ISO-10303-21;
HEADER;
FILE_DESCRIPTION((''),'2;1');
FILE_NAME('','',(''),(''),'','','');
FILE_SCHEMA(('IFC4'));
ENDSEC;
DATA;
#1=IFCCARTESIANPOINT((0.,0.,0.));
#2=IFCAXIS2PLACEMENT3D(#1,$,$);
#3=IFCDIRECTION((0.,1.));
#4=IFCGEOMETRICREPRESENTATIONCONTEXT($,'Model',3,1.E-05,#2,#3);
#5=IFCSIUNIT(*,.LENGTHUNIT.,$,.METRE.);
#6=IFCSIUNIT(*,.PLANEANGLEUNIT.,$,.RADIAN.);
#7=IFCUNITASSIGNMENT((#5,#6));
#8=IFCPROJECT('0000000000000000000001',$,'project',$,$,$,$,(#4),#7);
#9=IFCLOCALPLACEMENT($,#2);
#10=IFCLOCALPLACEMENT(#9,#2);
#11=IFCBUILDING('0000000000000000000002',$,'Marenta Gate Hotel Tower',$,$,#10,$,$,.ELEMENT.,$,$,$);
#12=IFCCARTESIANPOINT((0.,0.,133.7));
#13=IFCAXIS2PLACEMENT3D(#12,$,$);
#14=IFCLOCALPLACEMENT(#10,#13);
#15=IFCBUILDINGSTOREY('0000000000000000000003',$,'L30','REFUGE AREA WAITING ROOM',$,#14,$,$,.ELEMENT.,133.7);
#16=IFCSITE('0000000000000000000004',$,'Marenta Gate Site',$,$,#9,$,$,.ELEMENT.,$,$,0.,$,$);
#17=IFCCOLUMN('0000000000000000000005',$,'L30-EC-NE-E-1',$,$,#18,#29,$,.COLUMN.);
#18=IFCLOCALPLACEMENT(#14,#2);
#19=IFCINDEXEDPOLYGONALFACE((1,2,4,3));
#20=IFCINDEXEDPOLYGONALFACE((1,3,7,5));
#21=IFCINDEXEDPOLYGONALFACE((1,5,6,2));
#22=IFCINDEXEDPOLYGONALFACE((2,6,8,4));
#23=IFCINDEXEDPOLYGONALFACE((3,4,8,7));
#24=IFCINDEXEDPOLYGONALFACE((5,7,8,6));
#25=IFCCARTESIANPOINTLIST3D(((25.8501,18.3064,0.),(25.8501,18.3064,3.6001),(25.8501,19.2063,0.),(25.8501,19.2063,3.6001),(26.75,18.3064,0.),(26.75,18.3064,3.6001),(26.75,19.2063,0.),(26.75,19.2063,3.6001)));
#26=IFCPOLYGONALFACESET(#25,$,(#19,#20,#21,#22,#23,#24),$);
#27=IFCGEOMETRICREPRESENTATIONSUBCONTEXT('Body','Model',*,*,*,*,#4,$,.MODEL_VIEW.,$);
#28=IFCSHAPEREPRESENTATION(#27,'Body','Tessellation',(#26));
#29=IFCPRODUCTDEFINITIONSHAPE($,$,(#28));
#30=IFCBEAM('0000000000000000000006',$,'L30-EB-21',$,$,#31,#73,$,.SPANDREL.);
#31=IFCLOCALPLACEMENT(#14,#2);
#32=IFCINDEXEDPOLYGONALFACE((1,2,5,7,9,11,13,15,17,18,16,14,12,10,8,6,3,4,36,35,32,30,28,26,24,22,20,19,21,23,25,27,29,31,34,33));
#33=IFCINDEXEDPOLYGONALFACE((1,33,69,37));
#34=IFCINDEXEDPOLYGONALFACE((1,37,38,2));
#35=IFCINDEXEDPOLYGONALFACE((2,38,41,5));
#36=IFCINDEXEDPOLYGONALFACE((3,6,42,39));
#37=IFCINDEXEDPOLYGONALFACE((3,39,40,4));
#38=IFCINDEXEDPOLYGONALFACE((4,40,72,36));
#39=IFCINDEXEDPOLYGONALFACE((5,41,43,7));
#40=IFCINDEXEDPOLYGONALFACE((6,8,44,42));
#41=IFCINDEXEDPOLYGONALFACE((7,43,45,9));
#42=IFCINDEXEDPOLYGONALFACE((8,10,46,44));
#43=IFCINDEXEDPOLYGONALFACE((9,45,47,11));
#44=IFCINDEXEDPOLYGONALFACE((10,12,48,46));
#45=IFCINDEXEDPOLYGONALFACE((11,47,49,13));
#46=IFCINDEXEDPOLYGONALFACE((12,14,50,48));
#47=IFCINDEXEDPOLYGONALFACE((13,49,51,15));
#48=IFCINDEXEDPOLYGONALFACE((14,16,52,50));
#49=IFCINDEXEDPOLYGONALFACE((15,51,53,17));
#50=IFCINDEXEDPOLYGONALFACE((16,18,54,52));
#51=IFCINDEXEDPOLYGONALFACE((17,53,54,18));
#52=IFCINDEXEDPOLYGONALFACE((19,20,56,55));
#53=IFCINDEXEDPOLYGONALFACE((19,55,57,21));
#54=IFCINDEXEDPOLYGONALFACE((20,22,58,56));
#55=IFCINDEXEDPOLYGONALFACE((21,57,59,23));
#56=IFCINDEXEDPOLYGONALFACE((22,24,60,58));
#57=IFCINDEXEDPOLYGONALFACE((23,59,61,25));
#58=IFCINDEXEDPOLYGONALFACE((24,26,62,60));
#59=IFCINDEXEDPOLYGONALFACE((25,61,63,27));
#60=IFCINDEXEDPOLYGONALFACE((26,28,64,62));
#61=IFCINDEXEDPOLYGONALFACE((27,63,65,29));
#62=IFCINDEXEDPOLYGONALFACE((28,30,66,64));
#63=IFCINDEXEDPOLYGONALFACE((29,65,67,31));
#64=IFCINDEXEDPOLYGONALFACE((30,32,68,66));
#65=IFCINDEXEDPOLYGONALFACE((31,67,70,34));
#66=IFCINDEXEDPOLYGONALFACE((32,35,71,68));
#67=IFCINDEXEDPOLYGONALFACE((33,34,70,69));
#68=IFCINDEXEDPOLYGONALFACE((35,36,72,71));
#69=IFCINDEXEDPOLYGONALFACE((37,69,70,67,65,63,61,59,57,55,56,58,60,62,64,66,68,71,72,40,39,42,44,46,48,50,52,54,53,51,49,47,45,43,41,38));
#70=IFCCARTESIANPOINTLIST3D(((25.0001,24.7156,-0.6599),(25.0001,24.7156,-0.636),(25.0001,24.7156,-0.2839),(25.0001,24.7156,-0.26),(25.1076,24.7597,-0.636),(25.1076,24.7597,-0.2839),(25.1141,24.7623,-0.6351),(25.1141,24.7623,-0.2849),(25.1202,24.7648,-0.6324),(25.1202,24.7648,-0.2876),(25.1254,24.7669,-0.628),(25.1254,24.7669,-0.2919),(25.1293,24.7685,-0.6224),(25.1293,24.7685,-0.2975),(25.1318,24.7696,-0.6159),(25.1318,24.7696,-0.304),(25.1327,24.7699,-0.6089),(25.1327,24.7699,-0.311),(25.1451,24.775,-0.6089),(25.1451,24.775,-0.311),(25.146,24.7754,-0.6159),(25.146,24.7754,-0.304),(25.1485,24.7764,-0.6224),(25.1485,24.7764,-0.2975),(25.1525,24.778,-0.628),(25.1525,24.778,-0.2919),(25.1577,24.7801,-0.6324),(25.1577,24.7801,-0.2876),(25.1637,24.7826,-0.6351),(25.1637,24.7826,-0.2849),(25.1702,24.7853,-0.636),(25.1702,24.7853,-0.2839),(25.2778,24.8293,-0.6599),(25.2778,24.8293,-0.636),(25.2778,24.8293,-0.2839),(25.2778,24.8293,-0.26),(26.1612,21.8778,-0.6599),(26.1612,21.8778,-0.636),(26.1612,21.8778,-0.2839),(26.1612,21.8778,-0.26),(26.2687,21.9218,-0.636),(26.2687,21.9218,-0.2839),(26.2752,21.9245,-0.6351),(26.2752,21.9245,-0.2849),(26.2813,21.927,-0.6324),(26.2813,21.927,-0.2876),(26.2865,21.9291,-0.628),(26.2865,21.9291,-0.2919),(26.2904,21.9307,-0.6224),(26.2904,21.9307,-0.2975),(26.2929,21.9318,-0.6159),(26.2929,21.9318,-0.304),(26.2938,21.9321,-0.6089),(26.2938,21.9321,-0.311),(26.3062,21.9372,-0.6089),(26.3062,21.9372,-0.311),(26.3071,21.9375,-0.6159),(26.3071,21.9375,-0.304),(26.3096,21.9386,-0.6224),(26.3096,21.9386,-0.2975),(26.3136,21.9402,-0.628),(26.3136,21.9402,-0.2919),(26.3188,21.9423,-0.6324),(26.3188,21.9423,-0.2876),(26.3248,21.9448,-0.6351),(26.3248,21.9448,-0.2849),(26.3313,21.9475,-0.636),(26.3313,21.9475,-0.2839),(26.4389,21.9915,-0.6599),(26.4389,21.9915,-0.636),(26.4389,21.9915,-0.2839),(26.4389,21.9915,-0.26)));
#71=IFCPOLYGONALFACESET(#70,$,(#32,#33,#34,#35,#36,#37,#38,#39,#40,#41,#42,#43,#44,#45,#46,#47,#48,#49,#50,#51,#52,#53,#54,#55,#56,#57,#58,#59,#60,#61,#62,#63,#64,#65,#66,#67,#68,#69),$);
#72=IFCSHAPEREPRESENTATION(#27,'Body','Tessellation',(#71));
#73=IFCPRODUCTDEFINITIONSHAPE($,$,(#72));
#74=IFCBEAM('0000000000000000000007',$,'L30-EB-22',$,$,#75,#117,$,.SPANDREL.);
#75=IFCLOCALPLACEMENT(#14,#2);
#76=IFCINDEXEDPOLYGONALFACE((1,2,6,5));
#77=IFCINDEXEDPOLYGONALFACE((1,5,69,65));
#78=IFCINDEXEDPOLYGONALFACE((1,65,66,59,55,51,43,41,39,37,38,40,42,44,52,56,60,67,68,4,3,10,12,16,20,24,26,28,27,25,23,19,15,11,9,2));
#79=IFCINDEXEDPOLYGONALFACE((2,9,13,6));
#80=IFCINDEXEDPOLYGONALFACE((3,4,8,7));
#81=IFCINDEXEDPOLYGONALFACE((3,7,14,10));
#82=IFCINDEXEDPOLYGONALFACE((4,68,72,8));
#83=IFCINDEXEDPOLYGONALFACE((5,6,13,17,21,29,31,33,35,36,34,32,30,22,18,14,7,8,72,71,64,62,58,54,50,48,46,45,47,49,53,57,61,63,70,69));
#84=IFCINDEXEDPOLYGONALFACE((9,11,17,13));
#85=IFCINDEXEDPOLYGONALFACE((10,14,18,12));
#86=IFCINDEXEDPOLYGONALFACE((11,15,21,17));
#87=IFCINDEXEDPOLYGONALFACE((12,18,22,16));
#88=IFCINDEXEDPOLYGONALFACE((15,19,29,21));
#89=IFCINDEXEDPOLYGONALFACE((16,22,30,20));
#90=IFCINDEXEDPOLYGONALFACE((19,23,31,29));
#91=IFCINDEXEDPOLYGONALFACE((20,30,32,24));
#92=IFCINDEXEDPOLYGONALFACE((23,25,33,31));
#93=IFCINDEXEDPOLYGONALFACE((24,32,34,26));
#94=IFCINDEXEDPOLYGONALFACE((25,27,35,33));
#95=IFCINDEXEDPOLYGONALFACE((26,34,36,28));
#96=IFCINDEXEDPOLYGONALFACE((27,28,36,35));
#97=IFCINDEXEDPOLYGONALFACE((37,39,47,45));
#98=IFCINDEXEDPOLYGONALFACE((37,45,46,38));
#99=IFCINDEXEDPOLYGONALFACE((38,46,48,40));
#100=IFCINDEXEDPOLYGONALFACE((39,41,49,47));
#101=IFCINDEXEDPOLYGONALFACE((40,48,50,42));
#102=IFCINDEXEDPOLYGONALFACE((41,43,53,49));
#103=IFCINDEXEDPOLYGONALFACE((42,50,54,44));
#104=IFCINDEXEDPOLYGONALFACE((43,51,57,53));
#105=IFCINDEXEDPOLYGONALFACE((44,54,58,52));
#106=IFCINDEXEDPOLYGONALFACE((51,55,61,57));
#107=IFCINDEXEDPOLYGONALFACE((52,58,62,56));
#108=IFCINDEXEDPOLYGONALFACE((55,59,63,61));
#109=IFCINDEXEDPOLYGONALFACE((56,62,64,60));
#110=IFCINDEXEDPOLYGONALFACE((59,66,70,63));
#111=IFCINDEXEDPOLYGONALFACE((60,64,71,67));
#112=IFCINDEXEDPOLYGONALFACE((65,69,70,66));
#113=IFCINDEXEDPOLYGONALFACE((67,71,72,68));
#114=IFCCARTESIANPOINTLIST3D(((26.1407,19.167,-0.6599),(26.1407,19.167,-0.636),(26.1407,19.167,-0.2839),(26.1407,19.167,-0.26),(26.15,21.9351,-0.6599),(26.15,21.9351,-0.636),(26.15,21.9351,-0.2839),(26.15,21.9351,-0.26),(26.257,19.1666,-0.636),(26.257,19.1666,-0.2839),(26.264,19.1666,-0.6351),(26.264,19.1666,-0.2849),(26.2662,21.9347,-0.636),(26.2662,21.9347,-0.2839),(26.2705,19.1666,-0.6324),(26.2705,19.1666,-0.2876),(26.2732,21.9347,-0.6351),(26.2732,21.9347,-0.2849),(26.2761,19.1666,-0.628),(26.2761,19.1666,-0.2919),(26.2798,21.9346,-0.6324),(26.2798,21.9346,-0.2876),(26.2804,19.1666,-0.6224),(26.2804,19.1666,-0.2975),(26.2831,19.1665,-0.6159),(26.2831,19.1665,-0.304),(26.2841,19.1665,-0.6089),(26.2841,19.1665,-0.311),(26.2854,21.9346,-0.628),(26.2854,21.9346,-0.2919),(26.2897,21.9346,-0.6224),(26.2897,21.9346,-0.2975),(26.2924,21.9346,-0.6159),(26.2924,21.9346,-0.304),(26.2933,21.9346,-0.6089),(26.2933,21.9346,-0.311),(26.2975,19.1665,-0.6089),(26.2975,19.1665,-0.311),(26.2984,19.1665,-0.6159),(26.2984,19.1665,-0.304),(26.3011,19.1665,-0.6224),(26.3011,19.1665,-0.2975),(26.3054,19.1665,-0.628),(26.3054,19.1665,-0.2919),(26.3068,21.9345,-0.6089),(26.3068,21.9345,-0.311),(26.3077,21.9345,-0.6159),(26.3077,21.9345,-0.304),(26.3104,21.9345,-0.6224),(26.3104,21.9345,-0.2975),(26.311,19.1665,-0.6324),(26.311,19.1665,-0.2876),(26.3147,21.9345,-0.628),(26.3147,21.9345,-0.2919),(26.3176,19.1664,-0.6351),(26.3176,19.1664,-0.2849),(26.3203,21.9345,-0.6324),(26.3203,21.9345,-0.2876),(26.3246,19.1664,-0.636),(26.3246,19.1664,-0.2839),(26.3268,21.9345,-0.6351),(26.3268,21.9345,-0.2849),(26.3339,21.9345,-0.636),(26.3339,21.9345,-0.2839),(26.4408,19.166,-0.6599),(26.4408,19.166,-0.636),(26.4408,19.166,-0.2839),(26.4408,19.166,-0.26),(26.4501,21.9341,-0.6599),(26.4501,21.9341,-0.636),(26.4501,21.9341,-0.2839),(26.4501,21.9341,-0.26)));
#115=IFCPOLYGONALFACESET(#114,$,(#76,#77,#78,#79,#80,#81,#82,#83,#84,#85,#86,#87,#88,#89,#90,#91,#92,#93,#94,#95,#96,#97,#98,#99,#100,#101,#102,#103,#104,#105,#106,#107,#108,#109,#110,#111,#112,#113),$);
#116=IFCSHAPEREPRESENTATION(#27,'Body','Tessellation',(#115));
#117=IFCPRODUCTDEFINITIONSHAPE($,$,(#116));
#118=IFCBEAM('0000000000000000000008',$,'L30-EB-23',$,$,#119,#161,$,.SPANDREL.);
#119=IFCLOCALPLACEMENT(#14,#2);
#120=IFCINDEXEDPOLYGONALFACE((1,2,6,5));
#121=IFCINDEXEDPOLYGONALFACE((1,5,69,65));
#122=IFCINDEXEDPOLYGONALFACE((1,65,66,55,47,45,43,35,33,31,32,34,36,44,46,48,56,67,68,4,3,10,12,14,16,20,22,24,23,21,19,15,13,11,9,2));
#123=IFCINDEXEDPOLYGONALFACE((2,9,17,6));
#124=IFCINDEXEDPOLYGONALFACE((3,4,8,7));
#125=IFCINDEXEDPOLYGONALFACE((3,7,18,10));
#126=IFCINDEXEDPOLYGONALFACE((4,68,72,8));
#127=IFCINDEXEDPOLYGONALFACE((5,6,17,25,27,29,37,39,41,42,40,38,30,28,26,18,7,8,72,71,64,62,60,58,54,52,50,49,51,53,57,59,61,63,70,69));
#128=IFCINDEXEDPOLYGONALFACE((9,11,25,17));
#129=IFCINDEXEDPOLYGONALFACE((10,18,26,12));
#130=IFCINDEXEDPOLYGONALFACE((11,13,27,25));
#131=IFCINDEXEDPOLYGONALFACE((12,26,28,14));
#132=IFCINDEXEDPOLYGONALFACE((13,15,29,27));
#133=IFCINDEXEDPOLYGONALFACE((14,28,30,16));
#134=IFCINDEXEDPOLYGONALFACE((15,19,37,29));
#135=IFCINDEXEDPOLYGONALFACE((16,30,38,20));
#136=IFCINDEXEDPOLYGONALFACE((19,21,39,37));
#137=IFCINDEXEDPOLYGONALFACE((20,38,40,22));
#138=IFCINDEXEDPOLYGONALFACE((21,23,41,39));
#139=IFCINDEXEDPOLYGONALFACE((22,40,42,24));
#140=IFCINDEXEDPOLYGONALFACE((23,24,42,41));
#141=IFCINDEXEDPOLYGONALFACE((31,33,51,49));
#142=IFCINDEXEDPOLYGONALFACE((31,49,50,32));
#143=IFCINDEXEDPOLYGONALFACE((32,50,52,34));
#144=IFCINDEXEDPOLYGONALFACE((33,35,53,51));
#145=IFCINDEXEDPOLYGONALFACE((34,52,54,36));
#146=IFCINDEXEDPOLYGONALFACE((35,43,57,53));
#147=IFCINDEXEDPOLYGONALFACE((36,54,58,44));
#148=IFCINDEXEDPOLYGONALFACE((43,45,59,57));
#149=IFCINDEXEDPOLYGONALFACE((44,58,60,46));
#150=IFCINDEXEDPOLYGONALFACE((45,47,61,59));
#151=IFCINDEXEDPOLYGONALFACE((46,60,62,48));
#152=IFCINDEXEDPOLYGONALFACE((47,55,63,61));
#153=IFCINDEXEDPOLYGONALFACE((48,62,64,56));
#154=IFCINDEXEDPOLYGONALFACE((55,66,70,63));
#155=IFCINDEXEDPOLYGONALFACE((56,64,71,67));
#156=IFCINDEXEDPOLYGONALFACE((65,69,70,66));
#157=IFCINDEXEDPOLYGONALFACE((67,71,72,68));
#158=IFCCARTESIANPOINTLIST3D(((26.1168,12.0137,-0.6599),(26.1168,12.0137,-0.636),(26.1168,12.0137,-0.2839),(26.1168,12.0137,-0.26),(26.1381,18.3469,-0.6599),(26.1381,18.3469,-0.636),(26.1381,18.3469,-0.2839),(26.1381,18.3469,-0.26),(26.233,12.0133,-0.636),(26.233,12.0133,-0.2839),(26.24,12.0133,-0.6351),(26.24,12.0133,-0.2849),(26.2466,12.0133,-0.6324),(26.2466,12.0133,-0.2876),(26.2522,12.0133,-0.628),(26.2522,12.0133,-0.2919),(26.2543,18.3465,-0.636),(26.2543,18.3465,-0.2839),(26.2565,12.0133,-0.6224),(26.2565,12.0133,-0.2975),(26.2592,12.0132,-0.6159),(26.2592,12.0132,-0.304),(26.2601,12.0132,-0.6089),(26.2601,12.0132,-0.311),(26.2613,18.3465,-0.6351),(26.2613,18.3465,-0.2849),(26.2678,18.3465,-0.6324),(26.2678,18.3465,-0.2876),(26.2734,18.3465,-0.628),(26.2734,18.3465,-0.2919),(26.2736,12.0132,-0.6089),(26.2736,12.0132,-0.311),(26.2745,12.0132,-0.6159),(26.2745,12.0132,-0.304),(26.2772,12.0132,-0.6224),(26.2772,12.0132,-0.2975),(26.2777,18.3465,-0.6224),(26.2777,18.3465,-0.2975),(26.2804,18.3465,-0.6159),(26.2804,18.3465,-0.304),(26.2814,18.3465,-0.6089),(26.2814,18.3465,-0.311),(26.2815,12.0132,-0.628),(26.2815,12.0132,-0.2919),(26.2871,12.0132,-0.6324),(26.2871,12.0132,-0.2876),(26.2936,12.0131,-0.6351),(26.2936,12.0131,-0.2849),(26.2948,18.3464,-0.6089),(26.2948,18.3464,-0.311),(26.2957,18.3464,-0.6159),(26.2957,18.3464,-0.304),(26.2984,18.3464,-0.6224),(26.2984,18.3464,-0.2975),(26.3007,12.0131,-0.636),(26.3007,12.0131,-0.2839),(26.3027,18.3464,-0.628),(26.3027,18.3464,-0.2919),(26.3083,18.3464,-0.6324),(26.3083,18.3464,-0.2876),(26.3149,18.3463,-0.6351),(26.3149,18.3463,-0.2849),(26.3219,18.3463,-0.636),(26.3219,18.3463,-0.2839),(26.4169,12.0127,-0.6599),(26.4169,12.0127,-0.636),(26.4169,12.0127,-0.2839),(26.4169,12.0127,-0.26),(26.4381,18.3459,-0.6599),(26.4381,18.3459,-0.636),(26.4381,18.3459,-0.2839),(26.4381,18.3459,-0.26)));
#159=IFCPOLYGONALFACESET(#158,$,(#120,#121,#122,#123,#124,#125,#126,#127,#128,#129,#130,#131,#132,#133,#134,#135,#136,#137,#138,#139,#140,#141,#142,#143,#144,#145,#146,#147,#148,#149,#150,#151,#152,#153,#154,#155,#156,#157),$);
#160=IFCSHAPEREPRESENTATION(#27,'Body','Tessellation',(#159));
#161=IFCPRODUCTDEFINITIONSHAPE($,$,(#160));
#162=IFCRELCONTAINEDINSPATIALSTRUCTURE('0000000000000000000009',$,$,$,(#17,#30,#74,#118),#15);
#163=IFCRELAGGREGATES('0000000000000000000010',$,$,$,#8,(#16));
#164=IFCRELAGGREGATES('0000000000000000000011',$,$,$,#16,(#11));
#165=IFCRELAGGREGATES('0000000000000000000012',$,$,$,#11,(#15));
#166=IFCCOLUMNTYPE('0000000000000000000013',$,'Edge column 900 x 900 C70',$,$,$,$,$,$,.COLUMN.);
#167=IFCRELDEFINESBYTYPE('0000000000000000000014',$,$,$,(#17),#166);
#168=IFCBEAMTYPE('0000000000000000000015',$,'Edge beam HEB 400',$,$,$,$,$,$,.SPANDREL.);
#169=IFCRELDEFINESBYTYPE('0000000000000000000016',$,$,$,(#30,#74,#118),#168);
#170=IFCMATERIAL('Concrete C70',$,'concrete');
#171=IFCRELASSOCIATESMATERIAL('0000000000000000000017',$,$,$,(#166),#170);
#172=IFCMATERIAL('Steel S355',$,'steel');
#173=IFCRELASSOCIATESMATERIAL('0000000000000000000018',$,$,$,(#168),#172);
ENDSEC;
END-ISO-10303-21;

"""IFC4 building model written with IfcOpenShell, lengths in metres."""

from ifc_helpers import new_model, si_unit, direction, frame, origin, origin_2d, place, context, subcontext, project, spatial, rectangle, i_section, extrude, material, material_profile, profile_set, type_object, element, save


model = new_model("IFC4")

# Units and contexts
model_context = context("Model", 3, precision=1e-05, world=origin(), true_north=direction((0.0, 1.0)))
body_context = subcontext(model_context, "Body", "Model", "MODEL_VIEW")
ifc_project = project(units=[si_unit("LENGTHUNIT", "METRE"), si_unit("PLANEANGLEUNIT", "RADIAN")], contexts=[model_context])

# Site, building, storey
site_placement = place(None, origin())
site = spatial("IfcSite", under=ifc_project, at=site_placement, Name="Marenta Gate Site", CompositionType="ELEMENT", RefElevation=0.0)
building_placement = place(site_placement, origin())
building = spatial("IfcBuilding", under=site, at=building_placement, Name="Marenta Gate Hotel Tower", CompositionType="ELEMENT")
storey_placement = place(building_placement, frame((0.0, 0.0, 133.7)))
storey = spatial("IfcBuildingStorey", under=building, at=storey_placement, Name="L30", Description="REFUGE AREA WAITING ROOM", CompositionType="ELEMENT", Elevation=133.7)

# Column
ifc_material_1 = material(Name="Concrete C70", Category="concrete")
ifc_material_profile_1 = material_profile(ifc_material_1, rectangle(XDim=0.8999, YDim=0.8999, at=origin_2d()), Name="900 x 900")
ifc_profile_set_1 = profile_set([ifc_material_profile_1], Name="Concrete C70")
column_type = type_object("IfcColumnType", Name="Edge column 900 x 900 C70", PredefinedType="COLUMN", material=ifc_profile_set_1)
column_placement = place(storey_placement, frame((26.3, 18.7563, 0.0), z_axis=(0.0, 0.0, 1.0), x_axis=(1.0, 0.0, 0.0)))
element("IfcColumn", 1, at=column_placement, inside=storey, type_object=column_type, Name="L30-EC-NE-E-1", PredefinedType="COLUMN", context=body_context, shape_type="SweptSolid", body=[
    extrude(rectangle(XDim=0.8999, YDim=0.8999, at=origin_2d()), origin(), (0.0, 0.0, 1.0), 3.6001),
])

# Beams
ifc_material_2 = material(Name="Steel S355", Category="steel")
ifc_material_profile_2 = material_profile(ifc_material_2, i_section(OverallWidth=0.3, OverallDepth=0.3999, WebThickness=0.0134, FlangeThickness=0.0239, FilletRadius=0.0271, at=origin_2d()), Name="HEB 400")
ifc_profile_set_2 = profile_set([ifc_material_profile_2], Name="Steel S355")
beam_type_1 = type_object("IfcBeamType", Name="Edge beam HEB 400", PredefinedType="SPANDREL", material=ifc_profile_set_2)
beam_1_placement = place(storey_placement, frame((25.1389, 24.7725, -0.46), z_axis=(0.378682, -0.925527, 0.0), x_axis=(0.925527, 0.378682, 0.0)))
element("IfcBeam", 2, at=beam_1_placement, inside=storey, type_object=beam_type_1, Name="L30-EB-21", PredefinedType="SPANDREL", context=body_context, shape_type="SweptSolid", body=[
    extrude(i_section(OverallWidth=0.3, OverallDepth=0.3999, WebThickness=0.0134, FlangeThickness=0.0239, FilletRadius=0.0271, at=origin_2d()), origin(), (0.0, 0.0, 1.0), 3.0662),
])
beam_2_placement = place(storey_placement, frame((26.3, 21.9346, -0.46), z_axis=(-0.003352, -0.999994, 0.0), x_axis=(0.999994, -0.003352, 0.0)))
element("IfcBeam", 3, at=beam_2_placement, inside=storey, type_object=beam_type_1, Name="L30-EB-22", PredefinedType="SPANDREL", context=body_context, shape_type="SweptSolid", body=[
    extrude(i_section(OverallWidth=0.3, OverallDepth=0.3999, WebThickness=0.0134, FlangeThickness=0.0239, FilletRadius=0.0271, at=origin_2d()), origin(), (0.0, 0.0, 1.0), 2.7681),
])
beam_3_placement = place(storey_placement, frame((26.2881, 18.3464, -0.46), z_axis=(-0.003354, -0.999994, 0.0), x_axis=(0.999994, -0.003354, 0.0)))
element("IfcBeam", 4, at=beam_3_placement, inside=storey, type_object=beam_type_1, Name="L30-EB-23", PredefinedType="SPANDREL", context=body_context, shape_type="SweptSolid", body=[
    extrude(i_section(OverallWidth=0.3, OverallDepth=0.3999, WebThickness=0.0134, FlangeThickness=0.0239, FilletRadius=0.0271, at=origin_2d()), origin(), (0.0, 0.0, 1.0), 6.3333),
])

save(model, "model.ifc")
